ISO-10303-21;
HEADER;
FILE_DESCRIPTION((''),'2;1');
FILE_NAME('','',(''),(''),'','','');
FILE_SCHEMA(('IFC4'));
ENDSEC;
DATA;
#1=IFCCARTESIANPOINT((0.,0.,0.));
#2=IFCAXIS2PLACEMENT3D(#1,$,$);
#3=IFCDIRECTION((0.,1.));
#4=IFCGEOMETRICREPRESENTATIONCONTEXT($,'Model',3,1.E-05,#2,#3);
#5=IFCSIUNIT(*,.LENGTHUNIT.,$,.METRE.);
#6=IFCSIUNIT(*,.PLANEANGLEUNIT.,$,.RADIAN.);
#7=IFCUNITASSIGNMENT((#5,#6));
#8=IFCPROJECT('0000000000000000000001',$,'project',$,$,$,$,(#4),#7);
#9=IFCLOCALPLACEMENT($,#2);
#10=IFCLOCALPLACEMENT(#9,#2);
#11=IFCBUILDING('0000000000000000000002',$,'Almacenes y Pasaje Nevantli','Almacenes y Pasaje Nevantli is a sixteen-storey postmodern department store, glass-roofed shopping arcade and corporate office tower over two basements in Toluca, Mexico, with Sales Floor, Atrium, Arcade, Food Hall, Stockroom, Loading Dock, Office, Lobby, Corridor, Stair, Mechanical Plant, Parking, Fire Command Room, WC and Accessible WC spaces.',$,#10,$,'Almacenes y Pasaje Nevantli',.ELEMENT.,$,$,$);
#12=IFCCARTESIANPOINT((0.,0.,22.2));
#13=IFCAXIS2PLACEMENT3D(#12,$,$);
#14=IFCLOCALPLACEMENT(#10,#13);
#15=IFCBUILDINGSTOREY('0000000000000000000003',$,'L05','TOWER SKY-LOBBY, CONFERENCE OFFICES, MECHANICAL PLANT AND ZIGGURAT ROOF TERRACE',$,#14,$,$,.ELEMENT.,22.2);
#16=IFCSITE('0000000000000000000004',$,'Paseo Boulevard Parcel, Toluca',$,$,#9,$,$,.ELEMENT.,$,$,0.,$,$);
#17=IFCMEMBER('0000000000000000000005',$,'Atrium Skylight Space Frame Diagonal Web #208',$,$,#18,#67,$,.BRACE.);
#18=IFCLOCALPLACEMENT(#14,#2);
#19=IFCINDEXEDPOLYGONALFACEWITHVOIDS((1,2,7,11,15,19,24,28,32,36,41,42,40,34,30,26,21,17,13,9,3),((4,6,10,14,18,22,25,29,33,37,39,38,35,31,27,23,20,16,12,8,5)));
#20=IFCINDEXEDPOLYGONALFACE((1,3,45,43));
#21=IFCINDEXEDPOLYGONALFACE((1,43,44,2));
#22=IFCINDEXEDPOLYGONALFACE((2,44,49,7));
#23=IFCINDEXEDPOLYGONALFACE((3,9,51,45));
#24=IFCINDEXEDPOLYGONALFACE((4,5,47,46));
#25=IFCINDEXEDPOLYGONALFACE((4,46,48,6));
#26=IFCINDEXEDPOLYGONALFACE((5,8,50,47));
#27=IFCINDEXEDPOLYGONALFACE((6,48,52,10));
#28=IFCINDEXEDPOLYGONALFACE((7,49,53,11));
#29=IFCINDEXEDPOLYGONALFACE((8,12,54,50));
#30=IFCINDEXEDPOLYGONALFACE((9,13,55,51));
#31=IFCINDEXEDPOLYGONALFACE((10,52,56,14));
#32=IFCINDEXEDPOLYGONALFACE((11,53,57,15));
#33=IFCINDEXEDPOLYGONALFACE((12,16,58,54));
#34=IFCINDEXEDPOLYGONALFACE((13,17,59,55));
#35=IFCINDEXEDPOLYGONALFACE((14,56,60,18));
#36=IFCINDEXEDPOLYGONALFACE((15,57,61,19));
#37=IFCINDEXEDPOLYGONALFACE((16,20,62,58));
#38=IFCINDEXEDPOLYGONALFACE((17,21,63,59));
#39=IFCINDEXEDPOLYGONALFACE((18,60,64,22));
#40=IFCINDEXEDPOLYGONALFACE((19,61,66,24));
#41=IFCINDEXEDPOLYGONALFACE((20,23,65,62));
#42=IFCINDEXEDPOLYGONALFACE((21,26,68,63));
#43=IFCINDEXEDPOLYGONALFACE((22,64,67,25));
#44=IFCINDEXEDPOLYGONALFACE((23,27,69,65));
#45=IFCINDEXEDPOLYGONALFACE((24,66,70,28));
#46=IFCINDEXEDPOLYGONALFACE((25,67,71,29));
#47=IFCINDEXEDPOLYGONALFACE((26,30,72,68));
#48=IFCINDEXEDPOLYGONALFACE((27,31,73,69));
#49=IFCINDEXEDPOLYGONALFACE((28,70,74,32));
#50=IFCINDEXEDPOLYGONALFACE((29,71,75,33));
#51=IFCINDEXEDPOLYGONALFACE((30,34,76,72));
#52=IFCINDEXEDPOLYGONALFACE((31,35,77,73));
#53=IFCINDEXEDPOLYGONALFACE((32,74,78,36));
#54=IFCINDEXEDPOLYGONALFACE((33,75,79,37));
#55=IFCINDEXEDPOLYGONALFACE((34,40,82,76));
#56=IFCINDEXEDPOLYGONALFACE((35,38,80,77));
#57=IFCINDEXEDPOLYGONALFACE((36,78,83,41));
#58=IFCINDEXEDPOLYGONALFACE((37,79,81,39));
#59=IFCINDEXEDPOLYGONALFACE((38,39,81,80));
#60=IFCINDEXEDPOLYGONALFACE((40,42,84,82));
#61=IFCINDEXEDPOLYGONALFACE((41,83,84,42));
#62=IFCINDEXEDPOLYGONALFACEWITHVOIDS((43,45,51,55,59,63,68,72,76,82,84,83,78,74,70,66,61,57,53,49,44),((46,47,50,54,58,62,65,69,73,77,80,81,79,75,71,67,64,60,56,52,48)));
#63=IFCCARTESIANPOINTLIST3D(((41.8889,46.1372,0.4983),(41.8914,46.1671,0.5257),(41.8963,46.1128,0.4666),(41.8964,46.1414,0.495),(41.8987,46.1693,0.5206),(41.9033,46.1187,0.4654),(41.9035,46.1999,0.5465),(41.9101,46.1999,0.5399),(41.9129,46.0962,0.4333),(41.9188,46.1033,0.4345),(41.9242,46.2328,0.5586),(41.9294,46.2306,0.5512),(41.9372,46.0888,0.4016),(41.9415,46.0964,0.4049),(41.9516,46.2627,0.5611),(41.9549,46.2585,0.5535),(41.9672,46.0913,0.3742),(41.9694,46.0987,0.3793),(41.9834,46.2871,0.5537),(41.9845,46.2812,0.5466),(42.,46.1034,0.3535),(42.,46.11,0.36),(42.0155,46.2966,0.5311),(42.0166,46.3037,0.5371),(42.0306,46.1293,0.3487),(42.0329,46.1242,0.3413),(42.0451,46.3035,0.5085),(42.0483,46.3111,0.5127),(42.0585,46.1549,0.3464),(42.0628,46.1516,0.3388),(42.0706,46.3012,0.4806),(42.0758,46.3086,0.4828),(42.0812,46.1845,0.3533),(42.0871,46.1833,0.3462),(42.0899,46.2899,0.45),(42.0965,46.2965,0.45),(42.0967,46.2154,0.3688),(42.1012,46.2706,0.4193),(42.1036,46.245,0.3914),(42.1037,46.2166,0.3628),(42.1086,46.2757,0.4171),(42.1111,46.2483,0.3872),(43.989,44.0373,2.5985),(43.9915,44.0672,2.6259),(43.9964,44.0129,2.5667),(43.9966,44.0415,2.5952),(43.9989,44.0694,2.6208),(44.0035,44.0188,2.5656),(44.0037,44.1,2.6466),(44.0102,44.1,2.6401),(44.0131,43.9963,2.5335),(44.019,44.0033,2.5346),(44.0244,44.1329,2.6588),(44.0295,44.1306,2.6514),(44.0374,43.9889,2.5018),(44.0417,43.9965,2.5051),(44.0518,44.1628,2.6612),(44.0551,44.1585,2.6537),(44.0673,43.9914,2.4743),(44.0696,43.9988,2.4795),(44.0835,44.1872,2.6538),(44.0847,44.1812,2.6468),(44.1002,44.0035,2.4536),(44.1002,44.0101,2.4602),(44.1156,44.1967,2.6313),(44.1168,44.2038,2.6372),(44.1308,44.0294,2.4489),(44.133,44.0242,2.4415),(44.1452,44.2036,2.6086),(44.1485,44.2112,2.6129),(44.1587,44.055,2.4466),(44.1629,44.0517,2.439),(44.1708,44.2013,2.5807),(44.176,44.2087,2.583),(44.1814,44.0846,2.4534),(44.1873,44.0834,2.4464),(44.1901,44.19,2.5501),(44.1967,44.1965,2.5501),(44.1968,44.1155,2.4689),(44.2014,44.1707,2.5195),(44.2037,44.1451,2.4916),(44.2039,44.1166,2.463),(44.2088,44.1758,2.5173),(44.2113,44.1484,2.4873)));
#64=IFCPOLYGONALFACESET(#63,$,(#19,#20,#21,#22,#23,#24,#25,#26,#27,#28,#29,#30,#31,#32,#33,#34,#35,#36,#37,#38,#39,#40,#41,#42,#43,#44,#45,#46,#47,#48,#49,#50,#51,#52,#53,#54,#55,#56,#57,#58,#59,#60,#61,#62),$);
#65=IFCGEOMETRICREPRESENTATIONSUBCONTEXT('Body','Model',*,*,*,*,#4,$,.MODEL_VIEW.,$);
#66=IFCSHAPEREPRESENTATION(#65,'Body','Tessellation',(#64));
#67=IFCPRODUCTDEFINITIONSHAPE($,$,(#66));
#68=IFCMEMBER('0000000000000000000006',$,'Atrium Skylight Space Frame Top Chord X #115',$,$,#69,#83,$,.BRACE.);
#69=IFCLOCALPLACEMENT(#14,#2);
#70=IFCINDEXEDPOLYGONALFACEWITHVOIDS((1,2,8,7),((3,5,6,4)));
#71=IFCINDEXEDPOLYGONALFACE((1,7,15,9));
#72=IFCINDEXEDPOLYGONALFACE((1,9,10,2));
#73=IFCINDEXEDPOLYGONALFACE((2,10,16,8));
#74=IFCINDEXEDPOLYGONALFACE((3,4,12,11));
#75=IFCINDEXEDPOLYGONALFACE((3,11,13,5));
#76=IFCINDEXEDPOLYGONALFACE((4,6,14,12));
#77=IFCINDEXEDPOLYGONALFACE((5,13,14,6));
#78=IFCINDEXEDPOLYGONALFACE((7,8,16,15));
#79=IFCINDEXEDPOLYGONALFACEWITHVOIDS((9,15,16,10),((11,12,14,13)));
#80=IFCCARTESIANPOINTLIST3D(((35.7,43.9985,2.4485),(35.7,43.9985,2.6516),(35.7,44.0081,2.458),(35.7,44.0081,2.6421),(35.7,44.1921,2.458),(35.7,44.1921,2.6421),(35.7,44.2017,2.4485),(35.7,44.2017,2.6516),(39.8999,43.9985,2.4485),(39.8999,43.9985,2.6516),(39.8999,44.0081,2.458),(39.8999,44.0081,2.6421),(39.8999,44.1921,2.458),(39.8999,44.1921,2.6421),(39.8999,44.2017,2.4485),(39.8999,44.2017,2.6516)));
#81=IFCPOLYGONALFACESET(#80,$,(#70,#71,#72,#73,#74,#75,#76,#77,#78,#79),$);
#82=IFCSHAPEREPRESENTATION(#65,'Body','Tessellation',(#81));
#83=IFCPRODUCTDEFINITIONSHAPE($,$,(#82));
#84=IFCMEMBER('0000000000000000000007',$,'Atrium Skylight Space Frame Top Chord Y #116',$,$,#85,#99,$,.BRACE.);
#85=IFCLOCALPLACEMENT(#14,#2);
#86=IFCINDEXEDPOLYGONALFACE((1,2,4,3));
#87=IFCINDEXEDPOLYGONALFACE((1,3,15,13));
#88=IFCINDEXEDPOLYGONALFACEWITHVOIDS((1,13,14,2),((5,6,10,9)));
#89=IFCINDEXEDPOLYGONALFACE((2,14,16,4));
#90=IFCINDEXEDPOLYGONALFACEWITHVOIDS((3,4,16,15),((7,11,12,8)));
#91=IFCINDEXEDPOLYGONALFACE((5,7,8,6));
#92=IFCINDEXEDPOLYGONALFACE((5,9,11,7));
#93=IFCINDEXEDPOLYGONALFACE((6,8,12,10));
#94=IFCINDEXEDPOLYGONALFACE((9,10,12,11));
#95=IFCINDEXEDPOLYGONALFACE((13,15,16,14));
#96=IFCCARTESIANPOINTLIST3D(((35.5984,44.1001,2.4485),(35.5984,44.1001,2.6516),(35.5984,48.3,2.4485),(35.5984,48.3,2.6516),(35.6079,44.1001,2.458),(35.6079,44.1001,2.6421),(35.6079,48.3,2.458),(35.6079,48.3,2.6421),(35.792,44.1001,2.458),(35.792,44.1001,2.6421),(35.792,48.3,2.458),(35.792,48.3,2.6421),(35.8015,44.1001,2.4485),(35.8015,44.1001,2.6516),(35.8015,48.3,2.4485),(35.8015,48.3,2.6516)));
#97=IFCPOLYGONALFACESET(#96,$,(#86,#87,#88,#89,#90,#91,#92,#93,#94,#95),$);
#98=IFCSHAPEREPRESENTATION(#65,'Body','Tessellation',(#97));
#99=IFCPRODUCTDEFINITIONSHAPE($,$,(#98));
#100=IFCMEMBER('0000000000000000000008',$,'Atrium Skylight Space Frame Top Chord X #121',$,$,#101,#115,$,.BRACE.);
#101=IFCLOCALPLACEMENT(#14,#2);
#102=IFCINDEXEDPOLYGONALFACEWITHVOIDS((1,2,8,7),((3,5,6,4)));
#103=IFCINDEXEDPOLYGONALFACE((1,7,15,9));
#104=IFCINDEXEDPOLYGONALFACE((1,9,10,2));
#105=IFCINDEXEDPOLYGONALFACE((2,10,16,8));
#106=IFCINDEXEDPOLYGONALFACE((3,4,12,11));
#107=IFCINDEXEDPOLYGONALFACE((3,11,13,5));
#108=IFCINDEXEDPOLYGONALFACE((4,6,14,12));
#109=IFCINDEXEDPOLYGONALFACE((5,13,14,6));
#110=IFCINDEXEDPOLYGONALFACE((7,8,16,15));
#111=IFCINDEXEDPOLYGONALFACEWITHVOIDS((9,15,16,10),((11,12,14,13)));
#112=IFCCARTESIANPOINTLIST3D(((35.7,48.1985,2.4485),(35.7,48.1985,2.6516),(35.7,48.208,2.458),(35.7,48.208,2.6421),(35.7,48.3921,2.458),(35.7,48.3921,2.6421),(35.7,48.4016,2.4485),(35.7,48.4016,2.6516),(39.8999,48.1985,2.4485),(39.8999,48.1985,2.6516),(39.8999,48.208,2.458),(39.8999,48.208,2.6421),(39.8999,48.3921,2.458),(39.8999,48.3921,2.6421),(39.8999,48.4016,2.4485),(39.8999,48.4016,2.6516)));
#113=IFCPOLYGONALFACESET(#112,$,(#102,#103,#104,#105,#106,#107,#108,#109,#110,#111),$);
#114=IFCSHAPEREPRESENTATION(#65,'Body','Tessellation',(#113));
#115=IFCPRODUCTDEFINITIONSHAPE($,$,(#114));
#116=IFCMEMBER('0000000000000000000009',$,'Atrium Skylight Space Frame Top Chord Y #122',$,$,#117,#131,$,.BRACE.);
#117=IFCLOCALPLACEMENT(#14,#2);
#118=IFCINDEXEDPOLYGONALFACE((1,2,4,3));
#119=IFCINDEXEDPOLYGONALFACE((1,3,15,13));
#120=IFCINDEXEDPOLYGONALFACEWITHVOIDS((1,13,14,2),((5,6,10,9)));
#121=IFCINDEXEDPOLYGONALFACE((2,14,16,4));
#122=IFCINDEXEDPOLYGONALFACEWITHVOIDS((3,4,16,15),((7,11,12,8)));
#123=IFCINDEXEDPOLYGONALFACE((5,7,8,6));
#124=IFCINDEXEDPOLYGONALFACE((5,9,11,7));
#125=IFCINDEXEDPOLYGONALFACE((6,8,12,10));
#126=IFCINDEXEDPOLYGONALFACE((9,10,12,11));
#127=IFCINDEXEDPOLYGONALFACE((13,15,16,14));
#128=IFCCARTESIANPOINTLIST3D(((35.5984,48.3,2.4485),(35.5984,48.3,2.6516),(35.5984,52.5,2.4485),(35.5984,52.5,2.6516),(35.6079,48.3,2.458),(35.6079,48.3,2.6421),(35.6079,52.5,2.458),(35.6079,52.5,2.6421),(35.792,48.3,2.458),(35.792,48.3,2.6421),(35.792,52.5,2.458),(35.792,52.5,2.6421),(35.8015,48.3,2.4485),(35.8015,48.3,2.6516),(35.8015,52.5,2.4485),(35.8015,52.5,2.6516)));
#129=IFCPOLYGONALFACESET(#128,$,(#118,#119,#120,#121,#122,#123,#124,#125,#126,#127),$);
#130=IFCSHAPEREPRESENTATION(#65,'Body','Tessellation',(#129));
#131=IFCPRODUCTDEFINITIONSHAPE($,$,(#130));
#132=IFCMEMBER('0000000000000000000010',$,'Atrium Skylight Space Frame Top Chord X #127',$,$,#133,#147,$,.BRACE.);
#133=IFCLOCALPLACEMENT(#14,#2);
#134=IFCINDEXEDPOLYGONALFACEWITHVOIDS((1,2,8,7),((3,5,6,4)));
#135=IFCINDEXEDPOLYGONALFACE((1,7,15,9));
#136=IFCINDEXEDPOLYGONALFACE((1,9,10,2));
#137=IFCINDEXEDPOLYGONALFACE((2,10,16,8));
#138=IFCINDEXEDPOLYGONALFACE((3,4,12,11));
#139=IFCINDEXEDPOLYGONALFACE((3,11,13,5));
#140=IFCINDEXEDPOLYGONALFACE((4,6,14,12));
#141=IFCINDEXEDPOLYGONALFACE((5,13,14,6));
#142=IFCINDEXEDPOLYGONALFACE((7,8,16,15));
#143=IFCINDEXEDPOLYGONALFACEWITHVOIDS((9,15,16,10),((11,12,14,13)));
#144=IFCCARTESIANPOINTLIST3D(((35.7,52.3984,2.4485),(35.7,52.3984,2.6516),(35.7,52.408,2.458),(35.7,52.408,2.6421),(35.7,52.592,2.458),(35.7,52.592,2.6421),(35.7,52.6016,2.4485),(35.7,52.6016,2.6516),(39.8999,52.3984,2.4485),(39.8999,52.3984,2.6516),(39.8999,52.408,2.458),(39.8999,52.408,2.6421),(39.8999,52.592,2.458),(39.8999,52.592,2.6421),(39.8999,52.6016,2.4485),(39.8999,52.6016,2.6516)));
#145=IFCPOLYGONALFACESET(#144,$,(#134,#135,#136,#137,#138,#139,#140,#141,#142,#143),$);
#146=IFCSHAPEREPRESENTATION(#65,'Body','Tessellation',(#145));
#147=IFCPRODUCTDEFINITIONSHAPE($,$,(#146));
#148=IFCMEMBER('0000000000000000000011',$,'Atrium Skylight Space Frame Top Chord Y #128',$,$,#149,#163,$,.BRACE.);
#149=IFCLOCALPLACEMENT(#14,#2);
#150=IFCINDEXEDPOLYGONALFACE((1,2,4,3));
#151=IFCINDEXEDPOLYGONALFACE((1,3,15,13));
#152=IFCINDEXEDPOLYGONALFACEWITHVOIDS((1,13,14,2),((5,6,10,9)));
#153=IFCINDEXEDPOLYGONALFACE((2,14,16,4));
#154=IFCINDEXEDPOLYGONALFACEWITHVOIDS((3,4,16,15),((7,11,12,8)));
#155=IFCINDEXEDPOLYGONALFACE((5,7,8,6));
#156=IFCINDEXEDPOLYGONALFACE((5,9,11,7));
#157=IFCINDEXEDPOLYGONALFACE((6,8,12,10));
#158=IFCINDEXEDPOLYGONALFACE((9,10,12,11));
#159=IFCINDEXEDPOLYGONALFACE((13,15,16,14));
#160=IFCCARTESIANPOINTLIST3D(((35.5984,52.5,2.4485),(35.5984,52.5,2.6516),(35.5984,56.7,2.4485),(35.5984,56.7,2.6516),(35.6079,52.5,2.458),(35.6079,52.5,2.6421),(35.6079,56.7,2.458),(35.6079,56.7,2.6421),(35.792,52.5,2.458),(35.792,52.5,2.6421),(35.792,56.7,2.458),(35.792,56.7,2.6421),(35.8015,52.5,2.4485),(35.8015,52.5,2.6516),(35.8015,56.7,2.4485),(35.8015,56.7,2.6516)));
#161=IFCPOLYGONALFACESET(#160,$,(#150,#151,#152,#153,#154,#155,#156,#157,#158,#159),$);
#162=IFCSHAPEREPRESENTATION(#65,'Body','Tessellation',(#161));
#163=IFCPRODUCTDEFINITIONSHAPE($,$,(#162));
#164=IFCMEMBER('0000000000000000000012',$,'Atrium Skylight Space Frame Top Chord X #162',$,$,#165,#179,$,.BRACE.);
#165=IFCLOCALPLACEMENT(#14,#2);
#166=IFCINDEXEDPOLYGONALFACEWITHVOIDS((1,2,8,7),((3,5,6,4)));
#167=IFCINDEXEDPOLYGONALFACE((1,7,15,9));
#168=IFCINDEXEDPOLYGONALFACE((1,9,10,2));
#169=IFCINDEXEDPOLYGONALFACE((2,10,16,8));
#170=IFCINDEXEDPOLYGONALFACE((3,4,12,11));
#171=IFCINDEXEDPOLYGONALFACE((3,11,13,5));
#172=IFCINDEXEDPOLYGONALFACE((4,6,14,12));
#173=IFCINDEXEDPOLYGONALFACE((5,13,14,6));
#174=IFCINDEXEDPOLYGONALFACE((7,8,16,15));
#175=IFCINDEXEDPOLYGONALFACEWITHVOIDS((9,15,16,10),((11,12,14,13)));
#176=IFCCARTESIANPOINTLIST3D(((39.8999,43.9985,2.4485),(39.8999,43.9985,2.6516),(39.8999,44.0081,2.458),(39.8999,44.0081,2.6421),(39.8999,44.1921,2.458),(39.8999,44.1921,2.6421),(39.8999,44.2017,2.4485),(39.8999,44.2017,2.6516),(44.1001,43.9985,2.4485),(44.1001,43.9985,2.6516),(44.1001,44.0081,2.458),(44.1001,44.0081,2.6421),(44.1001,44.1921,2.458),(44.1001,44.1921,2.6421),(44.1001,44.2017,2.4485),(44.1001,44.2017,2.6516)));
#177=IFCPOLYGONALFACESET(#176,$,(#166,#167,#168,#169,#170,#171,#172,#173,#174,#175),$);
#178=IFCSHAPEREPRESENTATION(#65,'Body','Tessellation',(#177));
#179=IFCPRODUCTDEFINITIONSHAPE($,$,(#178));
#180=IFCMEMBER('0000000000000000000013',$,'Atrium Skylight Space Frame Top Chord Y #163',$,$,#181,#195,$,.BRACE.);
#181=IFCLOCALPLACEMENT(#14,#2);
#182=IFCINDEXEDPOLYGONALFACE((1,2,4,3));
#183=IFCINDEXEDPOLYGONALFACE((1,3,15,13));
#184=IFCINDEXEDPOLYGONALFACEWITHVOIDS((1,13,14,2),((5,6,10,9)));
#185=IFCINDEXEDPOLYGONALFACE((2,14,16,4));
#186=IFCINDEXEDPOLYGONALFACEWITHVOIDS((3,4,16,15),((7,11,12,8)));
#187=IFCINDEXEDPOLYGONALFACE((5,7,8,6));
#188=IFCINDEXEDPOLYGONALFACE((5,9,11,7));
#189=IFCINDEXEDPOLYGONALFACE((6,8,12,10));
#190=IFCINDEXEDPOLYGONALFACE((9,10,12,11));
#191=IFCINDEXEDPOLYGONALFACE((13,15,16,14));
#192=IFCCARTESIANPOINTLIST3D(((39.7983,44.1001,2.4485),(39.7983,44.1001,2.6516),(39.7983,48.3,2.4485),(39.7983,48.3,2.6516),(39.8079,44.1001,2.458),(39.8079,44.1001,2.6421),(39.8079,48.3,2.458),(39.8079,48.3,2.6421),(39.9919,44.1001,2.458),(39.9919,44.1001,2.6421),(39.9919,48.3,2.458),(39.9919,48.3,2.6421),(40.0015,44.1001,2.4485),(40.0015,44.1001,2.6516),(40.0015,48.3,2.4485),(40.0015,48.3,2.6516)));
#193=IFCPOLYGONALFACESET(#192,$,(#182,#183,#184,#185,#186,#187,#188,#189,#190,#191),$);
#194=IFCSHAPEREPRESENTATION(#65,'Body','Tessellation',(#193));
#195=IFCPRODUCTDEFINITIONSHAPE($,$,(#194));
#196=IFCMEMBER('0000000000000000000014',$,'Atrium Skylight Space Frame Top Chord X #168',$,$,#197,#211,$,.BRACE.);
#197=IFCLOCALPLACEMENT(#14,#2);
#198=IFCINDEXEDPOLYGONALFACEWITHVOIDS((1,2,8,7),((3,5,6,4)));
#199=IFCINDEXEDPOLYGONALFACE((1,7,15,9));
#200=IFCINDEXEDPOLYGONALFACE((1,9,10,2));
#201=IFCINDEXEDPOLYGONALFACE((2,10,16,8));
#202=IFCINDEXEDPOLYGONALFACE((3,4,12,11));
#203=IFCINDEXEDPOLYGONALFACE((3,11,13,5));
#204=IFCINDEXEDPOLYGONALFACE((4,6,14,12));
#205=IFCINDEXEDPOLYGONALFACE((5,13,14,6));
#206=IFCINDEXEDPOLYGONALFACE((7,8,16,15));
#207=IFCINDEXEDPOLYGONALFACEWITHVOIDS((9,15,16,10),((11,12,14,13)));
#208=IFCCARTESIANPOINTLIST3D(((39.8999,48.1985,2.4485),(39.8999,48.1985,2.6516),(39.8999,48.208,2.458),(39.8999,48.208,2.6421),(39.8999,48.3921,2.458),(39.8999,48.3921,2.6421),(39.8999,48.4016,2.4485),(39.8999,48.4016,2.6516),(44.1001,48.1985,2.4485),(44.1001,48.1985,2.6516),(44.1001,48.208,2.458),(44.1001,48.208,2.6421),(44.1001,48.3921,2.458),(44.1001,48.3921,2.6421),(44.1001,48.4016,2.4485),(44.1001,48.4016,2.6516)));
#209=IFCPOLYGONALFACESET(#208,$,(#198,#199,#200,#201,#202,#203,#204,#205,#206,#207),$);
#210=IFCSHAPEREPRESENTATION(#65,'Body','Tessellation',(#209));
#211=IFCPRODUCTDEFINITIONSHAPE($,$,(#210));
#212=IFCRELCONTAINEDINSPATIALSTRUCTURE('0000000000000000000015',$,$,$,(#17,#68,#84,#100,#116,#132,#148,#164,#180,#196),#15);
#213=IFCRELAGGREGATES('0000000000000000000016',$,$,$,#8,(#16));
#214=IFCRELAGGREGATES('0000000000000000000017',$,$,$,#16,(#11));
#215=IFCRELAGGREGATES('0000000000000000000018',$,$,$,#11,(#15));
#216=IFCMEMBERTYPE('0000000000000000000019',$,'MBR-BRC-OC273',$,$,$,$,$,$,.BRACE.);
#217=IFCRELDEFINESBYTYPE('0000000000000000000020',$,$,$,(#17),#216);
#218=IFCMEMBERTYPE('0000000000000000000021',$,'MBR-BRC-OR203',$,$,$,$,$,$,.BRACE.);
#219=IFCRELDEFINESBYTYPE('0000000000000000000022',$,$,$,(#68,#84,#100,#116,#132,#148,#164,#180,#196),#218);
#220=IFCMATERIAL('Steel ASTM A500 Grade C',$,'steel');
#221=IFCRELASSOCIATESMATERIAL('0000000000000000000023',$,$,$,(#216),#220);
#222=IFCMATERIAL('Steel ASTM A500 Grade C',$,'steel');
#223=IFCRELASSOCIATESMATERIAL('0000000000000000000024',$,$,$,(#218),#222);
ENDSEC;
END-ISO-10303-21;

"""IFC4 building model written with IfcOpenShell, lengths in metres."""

from ifc_helpers import new_model, si_unit, direction, frame, origin, origin_2d, place, context, subcontext, project, spatial, hollow_rectangle, hollow_circle, extrude, material, material_profile, profile_set, type_object, element, save


model = new_model("IFC4")

# Units and contexts
model_context = context("Model", 3, precision=1e-05, world=origin(), true_north=direction((0.0, 1.0)))
body_context = subcontext(model_context, "Body", "Model", "MODEL_VIEW")
ifc_project = project(units=[si_unit("LENGTHUNIT", "METRE"), si_unit("PLANEANGLEUNIT", "RADIAN")], contexts=[model_context])

# Site, building, storey
site_placement = place(None, origin())
site = spatial("IfcSite", under=ifc_project, at=site_placement, Name="Paseo Boulevard Parcel, Toluca", CompositionType="ELEMENT", RefElevation=0.0)
building_placement = place(site_placement, origin())
building = spatial("IfcBuilding", under=site, at=building_placement, Name="Almacenes y Pasaje Nevantli", Description="Almacenes y Pasaje Nevantli is a sixteen-storey postmodern department store, glass-roofed shopping arcade and corporate office tower over two basements in Toluca, Mexico, with Sales Floor, Atrium, Arcade, Food Hall, Stockroom, Loading Dock, Office, Lobby, Corridor, Stair, Mechanical Plant, Parking, Fire Command Room, WC and Accessible WC spaces.", LongName="Almacenes y Pasaje Nevantli", CompositionType="ELEMENT")
storey_placement = place(building_placement, frame((0.0, 0.0, 22.2)))
storey = spatial("IfcBuildingStorey", under=building, at=storey_placement, Name="L05", Description="TOWER SKY-LOBBY, CONFERENCE OFFICES, MECHANICAL PLANT AND ZIGGURAT ROOF TERRACE", CompositionType="ELEMENT", Elevation=22.2)

# Members
ifc_material_1 = material(Name="Steel ASTM A500 Grade C", Category="steel")
ifc_material_profile_1 = material_profile(ifc_material_1, hollow_circle(Radius=0.1365, WallThickness=0.0093, at=origin_2d()), Name="OC 273x9.3")
ifc_profile_set_1 = profile_set([ifc_material_profile_1], Name="Steel ASTM A500 Grade C")
member_type_1 = type_object("IfcMemberType", Name="MBR-BRC-OC273", PredefinedType="BRACE", material=ifc_profile_set_1)
member_1_placement = place(storey_placement, frame((42.0, 46.2, 0.45), z_axis=(0.577373, -0.577306, 0.577373), x_axis=(0.707066, 0.707148, 0.0)))
element("IfcMember", 1, at=member_1_placement, inside=storey, type_object=member_type_1, Name="Atrium Skylight Space Frame Diagonal Web #208", PredefinedType="BRACE", context=body_context, shape_type="SweptSolid", body=[
    extrude(hollow_circle(Radius=0.1365, WallThickness=0.0093, at=origin_2d()), origin(), (0.0, 0.0, 1.0), 3.6375),
])
ifc_material_2 = material(Name="Steel ASTM A500 Grade C", Category="steel")
ifc_material_profile_2 = material_profile(ifc_material_2, hollow_rectangle(XDim=0.2031, YDim=0.2031, WallThickness=0.0095, at=origin_2d()), Name="OR 203x203x9.5")
ifc_profile_set_2 = profile_set([ifc_material_profile_2], Name="Steel ASTM A500 Grade C")
member_type_2 = type_object("IfcMemberType", Name="MBR-BRC-OR203", PredefinedType="BRACE", material=ifc_profile_set_2)
for number, where, z_axis, x_axis, name in (
    (2, (35.7, 44.1001, 2.55), (1.0, 0.0, 0.0), (0.0, 1.0, 0.0), "Atrium Skylight Space Frame Top Chord X #115"),
    (3, (35.7, 44.1001, 2.55), (0.0, 1.0, 0.0), (-1.0, 0.0, 0.0), "Atrium Skylight Space Frame Top Chord Y #116"),
    (4, (35.7, 48.3, 2.55), (1.0, 0.0, 0.0), (0.0, 1.0, 0.0), "Atrium Skylight Space Frame Top Chord X #121"),
    (5, (35.7, 48.3, 2.55), (0.0, 1.0, 0.0), (-1.0, 0.0, 0.0), "Atrium Skylight Space Frame Top Chord Y #122"),
    (6, (35.7, 52.5, 2.55), (1.0, 0.0, 0.0), (0.0, 1.0, 0.0), "Atrium Skylight Space Frame Top Chord X #127"),
    (7, (35.7, 52.5, 2.55), (0.0, 1.0, 0.0), (-1.0, 0.0, 0.0), "Atrium Skylight Space Frame Top Chord Y #128"),
):
    element("IfcMember", number, at=place(storey_placement, frame(where, z_axis=z_axis, x_axis=x_axis)), inside=storey, type_object=member_type_2, Name=name, PredefinedType="BRACE", context=body_context, shape_type="SweptSolid", body=[
        extrude(hollow_rectangle(XDim=0.2031, YDim=0.2031, WallThickness=0.0095, at=origin_2d()), origin(), (0.0, 0.0, 1.0), 4.2),
    ])
member_2_placement = place(storey_placement, frame((39.8999, 44.1001, 2.55), z_axis=(1.0, 0.0, 0.0), x_axis=(0.0, 1.0, 0.0)))
element("IfcMember", 8, at=member_2_placement, inside=storey, type_object=member_type_2, Name="Atrium Skylight Space Frame Top Chord X #162", PredefinedType="BRACE", context=body_context, shape_type="SweptSolid", body=[
    extrude(hollow_rectangle(XDim=0.2031, YDim=0.2031, WallThickness=0.0095, at=origin_2d()), origin(), (0.0, 0.0, 1.0), 4.2002),
])
member_3_placement = place(storey_placement, frame((39.8999, 44.1001, 2.55), z_axis=(0.0, 1.0, 0.0), x_axis=(-1.0, 0.0, 0.0)))
element("IfcMember", 9, at=member_3_placement, inside=storey, type_object=member_type_2, Name="Atrium Skylight Space Frame Top Chord Y #163", PredefinedType="BRACE", context=body_context, shape_type="SweptSolid", body=[
    extrude(hollow_rectangle(XDim=0.2031, YDim=0.2031, WallThickness=0.0095, at=origin_2d()), origin(), (0.0, 0.0, 1.0), 4.2),
])
member_4_placement = place(storey_placement, frame((39.8999, 48.3, 2.55), z_axis=(1.0, 0.0, 0.0), x_axis=(0.0, 1.0, 0.0)))
element("IfcMember", 10, at=member_4_placement, inside=storey, type_object=member_type_2, Name="Atrium Skylight Space Frame Top Chord X #168", PredefinedType="BRACE", context=body_context, shape_type="SweptSolid", body=[
    extrude(hollow_rectangle(XDim=0.2031, YDim=0.2031, WallThickness=0.0095, at=origin_2d()), origin(), (0.0, 0.0, 1.0), 4.2002),
])

save(model, "model.ifc")
